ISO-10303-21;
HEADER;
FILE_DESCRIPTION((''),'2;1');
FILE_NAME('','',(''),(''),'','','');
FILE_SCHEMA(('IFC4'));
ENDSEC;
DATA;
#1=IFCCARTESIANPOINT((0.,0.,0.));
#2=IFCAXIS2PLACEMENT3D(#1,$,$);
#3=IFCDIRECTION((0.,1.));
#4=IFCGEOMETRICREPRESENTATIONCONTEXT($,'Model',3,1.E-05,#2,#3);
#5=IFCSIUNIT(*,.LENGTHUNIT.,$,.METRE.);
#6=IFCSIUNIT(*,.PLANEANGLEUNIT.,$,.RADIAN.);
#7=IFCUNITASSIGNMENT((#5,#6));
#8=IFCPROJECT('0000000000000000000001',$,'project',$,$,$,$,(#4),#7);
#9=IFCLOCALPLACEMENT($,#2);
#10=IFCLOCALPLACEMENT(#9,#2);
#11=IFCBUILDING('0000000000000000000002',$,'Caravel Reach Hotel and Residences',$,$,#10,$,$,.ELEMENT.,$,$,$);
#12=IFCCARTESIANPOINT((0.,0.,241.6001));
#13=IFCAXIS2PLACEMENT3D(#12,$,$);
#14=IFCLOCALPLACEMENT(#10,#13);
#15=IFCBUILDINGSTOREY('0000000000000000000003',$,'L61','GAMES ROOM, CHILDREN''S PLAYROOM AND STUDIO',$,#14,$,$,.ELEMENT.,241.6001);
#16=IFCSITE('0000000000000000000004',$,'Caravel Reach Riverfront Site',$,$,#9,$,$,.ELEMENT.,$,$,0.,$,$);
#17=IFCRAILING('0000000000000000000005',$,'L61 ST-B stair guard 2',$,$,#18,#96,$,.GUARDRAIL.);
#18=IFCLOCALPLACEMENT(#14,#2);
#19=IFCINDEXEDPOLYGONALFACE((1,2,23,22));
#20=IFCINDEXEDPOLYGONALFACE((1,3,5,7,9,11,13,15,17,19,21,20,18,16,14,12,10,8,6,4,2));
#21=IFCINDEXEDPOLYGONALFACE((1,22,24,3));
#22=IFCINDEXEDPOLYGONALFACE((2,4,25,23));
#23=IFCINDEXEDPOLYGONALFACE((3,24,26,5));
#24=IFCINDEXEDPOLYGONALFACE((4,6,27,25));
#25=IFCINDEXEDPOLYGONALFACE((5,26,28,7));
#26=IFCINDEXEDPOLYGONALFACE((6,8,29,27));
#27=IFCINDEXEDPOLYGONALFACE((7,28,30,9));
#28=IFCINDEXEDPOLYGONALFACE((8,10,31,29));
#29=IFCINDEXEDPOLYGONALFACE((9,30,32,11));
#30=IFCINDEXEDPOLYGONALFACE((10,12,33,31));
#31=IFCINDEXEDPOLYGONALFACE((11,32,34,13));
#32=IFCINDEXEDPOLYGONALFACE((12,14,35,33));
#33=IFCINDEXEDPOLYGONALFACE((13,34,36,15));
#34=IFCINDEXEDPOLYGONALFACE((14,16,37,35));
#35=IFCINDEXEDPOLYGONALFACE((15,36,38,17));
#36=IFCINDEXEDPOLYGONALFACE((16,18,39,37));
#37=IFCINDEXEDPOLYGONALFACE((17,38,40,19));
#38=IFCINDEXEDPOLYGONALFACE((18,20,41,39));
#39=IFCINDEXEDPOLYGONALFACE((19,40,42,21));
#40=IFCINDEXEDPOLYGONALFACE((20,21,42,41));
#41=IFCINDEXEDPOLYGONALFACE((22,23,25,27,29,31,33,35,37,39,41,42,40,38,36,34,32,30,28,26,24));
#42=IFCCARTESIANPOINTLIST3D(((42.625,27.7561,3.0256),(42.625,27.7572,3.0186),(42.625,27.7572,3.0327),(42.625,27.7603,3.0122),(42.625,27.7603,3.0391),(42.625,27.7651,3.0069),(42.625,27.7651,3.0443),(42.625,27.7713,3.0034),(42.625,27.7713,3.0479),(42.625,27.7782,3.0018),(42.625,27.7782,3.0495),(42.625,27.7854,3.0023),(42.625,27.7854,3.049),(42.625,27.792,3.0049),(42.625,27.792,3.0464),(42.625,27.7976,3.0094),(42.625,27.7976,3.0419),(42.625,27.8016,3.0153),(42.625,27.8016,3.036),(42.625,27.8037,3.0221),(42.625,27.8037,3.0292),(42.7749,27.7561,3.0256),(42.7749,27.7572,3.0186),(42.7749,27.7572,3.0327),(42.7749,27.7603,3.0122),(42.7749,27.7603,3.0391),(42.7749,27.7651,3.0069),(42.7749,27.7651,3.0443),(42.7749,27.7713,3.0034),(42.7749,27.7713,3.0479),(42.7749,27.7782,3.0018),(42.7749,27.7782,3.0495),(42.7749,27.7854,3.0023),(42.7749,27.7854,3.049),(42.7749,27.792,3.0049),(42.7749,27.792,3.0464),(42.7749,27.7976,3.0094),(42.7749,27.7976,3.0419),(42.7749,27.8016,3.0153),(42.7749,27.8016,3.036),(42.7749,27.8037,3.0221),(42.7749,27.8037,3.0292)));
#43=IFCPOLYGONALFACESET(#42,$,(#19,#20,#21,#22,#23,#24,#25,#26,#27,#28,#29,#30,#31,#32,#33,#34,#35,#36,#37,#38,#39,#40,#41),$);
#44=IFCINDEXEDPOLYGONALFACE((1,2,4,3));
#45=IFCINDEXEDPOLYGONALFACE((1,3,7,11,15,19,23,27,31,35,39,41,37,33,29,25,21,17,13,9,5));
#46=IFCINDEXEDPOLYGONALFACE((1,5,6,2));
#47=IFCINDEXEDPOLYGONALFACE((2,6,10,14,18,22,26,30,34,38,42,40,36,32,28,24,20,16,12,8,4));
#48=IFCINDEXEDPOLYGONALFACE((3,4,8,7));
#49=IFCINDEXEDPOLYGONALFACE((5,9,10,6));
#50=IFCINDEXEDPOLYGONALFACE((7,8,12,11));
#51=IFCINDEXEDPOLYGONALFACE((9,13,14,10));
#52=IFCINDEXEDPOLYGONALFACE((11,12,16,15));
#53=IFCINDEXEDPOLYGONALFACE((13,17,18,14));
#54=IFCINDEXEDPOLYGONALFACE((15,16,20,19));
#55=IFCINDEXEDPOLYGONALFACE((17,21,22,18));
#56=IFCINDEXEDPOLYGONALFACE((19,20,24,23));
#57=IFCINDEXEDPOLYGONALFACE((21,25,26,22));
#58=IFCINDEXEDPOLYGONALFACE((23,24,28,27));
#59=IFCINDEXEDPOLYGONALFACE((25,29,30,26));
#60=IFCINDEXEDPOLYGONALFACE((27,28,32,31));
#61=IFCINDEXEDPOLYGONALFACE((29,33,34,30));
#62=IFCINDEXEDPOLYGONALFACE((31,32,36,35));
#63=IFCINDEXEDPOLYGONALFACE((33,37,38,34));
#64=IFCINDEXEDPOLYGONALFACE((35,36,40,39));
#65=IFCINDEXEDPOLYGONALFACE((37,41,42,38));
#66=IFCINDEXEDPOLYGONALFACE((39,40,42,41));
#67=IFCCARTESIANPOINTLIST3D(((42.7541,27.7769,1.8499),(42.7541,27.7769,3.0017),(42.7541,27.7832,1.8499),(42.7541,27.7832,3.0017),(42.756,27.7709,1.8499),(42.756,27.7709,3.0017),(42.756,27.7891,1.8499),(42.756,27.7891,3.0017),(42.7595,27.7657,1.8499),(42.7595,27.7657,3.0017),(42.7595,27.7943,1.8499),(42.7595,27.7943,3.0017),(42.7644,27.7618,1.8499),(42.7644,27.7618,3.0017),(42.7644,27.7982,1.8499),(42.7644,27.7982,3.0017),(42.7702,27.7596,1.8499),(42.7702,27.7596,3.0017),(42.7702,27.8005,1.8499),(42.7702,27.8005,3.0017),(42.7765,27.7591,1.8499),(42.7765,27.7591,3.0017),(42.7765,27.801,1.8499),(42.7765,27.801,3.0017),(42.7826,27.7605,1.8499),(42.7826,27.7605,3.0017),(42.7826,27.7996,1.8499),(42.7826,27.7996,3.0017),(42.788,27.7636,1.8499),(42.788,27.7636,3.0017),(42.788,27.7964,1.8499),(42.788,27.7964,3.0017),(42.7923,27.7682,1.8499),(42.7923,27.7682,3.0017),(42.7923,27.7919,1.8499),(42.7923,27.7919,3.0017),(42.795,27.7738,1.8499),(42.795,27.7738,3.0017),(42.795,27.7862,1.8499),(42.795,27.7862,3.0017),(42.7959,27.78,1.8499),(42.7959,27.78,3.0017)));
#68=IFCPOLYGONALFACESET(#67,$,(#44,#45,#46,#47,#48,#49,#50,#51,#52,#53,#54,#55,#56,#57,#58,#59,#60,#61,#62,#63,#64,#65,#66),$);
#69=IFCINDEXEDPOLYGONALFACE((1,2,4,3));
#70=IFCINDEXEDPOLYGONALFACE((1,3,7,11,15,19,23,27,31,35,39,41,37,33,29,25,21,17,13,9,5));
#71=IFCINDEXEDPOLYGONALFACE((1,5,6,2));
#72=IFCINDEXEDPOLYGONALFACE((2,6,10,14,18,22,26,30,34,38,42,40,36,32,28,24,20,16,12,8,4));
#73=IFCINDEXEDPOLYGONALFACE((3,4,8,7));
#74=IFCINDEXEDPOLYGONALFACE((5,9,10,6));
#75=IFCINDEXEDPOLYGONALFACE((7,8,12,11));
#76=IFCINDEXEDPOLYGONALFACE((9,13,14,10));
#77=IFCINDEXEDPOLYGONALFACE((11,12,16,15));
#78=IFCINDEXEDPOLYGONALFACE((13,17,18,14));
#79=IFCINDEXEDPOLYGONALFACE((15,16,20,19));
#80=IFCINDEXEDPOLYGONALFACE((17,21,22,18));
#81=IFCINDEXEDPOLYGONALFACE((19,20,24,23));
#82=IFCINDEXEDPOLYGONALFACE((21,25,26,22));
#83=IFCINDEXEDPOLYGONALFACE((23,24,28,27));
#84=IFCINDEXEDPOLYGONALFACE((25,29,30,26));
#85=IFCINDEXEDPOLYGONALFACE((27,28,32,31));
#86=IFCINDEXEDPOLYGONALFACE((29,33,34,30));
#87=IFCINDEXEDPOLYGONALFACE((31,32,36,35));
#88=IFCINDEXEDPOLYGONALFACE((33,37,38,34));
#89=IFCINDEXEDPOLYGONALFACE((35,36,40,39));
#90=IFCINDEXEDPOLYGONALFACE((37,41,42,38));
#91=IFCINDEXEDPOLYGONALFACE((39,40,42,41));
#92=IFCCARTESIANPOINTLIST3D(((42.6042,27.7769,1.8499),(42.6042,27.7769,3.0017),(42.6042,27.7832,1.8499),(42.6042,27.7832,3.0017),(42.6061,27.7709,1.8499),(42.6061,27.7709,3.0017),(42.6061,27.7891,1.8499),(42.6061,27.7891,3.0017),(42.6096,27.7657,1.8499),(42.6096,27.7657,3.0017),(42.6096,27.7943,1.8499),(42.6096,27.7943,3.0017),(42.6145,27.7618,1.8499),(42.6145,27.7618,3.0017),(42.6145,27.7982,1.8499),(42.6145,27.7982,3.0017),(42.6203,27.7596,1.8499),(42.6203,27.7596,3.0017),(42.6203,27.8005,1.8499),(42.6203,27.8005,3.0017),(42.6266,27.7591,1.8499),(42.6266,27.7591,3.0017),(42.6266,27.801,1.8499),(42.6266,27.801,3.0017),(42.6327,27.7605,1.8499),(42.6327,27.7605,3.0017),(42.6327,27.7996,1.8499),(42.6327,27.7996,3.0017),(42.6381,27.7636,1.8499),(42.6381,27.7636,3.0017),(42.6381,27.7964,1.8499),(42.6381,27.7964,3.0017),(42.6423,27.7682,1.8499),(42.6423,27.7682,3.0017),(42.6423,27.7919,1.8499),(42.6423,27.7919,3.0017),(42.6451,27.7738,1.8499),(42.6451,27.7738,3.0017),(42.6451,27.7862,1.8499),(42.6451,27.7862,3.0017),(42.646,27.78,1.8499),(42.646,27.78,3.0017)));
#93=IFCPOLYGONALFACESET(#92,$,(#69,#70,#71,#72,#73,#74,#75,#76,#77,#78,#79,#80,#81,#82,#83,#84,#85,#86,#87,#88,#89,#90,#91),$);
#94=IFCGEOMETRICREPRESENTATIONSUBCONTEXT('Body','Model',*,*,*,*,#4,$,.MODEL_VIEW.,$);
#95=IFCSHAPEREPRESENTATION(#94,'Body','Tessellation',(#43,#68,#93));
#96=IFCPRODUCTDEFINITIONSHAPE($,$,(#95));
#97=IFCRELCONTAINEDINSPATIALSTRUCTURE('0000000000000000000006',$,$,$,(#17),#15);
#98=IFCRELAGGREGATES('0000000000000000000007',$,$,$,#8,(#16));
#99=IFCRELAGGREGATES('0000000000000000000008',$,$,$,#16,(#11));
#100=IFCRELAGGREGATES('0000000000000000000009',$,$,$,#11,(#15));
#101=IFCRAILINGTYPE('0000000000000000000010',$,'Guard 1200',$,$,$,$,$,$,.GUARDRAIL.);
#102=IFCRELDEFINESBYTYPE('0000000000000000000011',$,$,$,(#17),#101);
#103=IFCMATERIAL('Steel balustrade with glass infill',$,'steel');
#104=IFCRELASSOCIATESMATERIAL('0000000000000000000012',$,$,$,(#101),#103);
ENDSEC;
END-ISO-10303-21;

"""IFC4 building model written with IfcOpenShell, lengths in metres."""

from ifc_helpers import new_model, si_unit, direction, frame, origin, origin_2d, place, context, subcontext, project, spatial, circle, extrude, material, type_object, element, save


model = new_model("IFC4")

# Units and contexts
model_context = context("Model", 3, precision=1e-05, world=origin(), true_north=direction((0.0, 1.0)))
body_context = subcontext(model_context, "Body", "Model", "MODEL_VIEW")
ifc_project = project(units=[si_unit("LENGTHUNIT", "METRE"), si_unit("PLANEANGLEUNIT", "RADIAN")], contexts=[model_context])

# Site, building, storey
site_placement = place(None, origin())
site = spatial("IfcSite", under=ifc_project, at=site_placement, Name="Caravel Reach Riverfront Site", CompositionType="ELEMENT", RefElevation=0.0)
building_placement = place(site_placement, origin())
building = spatial("IfcBuilding", under=site, at=building_placement, Name="Caravel Reach Hotel and Residences", CompositionType="ELEMENT")
storey_placement = place(building_placement, frame((0.0, 0.0, 241.6001)))
storey = spatial("IfcBuildingStorey", under=building, at=storey_placement, Name="L61", Description="GAMES ROOM, CHILDREN'S PLAYROOM AND STUDIO", CompositionType="ELEMENT", Elevation=241.6001)

# Railing
ifc_material_1 = material(Name="Steel balustrade with glass infill", Category="steel")
railing_type_1 = type_object("IfcRailingType", Name="Guard 1200", PredefinedType="GUARDRAIL", material=ifc_material_1)
railing_1_placement = place(storey_placement, frame((42.7749, 27.78, 1.8499)))
element("IfcRailing", 1, at=railing_1_placement, inside=storey, type_object=railing_type_1, Name="L61 ST-B stair guard 2", PredefinedType="GUARDRAIL", context=body_context, shape_type="SweptSolid", body=[
    extrude(circle(Radius=0.0239, at=origin_2d()), frame((0.0, 0.0, 1.1758), z_axis=(-1.0, 0.0, 0.0), x_axis=(0.0, -1.0, 0.0)), (0.0, 0.0, 1.0), 0.1499),
    extrude(circle(Radius=0.021, at=origin_2d()), origin(), (0.0, 0.0, 1.0), 1.1519),
    extrude(circle(Radius=0.021, at=origin_2d()), frame((-0.1499, 0.0, 0.0)), (0.0, 0.0, 1.0), 1.1519),
])

save(model, "model.ifc")
